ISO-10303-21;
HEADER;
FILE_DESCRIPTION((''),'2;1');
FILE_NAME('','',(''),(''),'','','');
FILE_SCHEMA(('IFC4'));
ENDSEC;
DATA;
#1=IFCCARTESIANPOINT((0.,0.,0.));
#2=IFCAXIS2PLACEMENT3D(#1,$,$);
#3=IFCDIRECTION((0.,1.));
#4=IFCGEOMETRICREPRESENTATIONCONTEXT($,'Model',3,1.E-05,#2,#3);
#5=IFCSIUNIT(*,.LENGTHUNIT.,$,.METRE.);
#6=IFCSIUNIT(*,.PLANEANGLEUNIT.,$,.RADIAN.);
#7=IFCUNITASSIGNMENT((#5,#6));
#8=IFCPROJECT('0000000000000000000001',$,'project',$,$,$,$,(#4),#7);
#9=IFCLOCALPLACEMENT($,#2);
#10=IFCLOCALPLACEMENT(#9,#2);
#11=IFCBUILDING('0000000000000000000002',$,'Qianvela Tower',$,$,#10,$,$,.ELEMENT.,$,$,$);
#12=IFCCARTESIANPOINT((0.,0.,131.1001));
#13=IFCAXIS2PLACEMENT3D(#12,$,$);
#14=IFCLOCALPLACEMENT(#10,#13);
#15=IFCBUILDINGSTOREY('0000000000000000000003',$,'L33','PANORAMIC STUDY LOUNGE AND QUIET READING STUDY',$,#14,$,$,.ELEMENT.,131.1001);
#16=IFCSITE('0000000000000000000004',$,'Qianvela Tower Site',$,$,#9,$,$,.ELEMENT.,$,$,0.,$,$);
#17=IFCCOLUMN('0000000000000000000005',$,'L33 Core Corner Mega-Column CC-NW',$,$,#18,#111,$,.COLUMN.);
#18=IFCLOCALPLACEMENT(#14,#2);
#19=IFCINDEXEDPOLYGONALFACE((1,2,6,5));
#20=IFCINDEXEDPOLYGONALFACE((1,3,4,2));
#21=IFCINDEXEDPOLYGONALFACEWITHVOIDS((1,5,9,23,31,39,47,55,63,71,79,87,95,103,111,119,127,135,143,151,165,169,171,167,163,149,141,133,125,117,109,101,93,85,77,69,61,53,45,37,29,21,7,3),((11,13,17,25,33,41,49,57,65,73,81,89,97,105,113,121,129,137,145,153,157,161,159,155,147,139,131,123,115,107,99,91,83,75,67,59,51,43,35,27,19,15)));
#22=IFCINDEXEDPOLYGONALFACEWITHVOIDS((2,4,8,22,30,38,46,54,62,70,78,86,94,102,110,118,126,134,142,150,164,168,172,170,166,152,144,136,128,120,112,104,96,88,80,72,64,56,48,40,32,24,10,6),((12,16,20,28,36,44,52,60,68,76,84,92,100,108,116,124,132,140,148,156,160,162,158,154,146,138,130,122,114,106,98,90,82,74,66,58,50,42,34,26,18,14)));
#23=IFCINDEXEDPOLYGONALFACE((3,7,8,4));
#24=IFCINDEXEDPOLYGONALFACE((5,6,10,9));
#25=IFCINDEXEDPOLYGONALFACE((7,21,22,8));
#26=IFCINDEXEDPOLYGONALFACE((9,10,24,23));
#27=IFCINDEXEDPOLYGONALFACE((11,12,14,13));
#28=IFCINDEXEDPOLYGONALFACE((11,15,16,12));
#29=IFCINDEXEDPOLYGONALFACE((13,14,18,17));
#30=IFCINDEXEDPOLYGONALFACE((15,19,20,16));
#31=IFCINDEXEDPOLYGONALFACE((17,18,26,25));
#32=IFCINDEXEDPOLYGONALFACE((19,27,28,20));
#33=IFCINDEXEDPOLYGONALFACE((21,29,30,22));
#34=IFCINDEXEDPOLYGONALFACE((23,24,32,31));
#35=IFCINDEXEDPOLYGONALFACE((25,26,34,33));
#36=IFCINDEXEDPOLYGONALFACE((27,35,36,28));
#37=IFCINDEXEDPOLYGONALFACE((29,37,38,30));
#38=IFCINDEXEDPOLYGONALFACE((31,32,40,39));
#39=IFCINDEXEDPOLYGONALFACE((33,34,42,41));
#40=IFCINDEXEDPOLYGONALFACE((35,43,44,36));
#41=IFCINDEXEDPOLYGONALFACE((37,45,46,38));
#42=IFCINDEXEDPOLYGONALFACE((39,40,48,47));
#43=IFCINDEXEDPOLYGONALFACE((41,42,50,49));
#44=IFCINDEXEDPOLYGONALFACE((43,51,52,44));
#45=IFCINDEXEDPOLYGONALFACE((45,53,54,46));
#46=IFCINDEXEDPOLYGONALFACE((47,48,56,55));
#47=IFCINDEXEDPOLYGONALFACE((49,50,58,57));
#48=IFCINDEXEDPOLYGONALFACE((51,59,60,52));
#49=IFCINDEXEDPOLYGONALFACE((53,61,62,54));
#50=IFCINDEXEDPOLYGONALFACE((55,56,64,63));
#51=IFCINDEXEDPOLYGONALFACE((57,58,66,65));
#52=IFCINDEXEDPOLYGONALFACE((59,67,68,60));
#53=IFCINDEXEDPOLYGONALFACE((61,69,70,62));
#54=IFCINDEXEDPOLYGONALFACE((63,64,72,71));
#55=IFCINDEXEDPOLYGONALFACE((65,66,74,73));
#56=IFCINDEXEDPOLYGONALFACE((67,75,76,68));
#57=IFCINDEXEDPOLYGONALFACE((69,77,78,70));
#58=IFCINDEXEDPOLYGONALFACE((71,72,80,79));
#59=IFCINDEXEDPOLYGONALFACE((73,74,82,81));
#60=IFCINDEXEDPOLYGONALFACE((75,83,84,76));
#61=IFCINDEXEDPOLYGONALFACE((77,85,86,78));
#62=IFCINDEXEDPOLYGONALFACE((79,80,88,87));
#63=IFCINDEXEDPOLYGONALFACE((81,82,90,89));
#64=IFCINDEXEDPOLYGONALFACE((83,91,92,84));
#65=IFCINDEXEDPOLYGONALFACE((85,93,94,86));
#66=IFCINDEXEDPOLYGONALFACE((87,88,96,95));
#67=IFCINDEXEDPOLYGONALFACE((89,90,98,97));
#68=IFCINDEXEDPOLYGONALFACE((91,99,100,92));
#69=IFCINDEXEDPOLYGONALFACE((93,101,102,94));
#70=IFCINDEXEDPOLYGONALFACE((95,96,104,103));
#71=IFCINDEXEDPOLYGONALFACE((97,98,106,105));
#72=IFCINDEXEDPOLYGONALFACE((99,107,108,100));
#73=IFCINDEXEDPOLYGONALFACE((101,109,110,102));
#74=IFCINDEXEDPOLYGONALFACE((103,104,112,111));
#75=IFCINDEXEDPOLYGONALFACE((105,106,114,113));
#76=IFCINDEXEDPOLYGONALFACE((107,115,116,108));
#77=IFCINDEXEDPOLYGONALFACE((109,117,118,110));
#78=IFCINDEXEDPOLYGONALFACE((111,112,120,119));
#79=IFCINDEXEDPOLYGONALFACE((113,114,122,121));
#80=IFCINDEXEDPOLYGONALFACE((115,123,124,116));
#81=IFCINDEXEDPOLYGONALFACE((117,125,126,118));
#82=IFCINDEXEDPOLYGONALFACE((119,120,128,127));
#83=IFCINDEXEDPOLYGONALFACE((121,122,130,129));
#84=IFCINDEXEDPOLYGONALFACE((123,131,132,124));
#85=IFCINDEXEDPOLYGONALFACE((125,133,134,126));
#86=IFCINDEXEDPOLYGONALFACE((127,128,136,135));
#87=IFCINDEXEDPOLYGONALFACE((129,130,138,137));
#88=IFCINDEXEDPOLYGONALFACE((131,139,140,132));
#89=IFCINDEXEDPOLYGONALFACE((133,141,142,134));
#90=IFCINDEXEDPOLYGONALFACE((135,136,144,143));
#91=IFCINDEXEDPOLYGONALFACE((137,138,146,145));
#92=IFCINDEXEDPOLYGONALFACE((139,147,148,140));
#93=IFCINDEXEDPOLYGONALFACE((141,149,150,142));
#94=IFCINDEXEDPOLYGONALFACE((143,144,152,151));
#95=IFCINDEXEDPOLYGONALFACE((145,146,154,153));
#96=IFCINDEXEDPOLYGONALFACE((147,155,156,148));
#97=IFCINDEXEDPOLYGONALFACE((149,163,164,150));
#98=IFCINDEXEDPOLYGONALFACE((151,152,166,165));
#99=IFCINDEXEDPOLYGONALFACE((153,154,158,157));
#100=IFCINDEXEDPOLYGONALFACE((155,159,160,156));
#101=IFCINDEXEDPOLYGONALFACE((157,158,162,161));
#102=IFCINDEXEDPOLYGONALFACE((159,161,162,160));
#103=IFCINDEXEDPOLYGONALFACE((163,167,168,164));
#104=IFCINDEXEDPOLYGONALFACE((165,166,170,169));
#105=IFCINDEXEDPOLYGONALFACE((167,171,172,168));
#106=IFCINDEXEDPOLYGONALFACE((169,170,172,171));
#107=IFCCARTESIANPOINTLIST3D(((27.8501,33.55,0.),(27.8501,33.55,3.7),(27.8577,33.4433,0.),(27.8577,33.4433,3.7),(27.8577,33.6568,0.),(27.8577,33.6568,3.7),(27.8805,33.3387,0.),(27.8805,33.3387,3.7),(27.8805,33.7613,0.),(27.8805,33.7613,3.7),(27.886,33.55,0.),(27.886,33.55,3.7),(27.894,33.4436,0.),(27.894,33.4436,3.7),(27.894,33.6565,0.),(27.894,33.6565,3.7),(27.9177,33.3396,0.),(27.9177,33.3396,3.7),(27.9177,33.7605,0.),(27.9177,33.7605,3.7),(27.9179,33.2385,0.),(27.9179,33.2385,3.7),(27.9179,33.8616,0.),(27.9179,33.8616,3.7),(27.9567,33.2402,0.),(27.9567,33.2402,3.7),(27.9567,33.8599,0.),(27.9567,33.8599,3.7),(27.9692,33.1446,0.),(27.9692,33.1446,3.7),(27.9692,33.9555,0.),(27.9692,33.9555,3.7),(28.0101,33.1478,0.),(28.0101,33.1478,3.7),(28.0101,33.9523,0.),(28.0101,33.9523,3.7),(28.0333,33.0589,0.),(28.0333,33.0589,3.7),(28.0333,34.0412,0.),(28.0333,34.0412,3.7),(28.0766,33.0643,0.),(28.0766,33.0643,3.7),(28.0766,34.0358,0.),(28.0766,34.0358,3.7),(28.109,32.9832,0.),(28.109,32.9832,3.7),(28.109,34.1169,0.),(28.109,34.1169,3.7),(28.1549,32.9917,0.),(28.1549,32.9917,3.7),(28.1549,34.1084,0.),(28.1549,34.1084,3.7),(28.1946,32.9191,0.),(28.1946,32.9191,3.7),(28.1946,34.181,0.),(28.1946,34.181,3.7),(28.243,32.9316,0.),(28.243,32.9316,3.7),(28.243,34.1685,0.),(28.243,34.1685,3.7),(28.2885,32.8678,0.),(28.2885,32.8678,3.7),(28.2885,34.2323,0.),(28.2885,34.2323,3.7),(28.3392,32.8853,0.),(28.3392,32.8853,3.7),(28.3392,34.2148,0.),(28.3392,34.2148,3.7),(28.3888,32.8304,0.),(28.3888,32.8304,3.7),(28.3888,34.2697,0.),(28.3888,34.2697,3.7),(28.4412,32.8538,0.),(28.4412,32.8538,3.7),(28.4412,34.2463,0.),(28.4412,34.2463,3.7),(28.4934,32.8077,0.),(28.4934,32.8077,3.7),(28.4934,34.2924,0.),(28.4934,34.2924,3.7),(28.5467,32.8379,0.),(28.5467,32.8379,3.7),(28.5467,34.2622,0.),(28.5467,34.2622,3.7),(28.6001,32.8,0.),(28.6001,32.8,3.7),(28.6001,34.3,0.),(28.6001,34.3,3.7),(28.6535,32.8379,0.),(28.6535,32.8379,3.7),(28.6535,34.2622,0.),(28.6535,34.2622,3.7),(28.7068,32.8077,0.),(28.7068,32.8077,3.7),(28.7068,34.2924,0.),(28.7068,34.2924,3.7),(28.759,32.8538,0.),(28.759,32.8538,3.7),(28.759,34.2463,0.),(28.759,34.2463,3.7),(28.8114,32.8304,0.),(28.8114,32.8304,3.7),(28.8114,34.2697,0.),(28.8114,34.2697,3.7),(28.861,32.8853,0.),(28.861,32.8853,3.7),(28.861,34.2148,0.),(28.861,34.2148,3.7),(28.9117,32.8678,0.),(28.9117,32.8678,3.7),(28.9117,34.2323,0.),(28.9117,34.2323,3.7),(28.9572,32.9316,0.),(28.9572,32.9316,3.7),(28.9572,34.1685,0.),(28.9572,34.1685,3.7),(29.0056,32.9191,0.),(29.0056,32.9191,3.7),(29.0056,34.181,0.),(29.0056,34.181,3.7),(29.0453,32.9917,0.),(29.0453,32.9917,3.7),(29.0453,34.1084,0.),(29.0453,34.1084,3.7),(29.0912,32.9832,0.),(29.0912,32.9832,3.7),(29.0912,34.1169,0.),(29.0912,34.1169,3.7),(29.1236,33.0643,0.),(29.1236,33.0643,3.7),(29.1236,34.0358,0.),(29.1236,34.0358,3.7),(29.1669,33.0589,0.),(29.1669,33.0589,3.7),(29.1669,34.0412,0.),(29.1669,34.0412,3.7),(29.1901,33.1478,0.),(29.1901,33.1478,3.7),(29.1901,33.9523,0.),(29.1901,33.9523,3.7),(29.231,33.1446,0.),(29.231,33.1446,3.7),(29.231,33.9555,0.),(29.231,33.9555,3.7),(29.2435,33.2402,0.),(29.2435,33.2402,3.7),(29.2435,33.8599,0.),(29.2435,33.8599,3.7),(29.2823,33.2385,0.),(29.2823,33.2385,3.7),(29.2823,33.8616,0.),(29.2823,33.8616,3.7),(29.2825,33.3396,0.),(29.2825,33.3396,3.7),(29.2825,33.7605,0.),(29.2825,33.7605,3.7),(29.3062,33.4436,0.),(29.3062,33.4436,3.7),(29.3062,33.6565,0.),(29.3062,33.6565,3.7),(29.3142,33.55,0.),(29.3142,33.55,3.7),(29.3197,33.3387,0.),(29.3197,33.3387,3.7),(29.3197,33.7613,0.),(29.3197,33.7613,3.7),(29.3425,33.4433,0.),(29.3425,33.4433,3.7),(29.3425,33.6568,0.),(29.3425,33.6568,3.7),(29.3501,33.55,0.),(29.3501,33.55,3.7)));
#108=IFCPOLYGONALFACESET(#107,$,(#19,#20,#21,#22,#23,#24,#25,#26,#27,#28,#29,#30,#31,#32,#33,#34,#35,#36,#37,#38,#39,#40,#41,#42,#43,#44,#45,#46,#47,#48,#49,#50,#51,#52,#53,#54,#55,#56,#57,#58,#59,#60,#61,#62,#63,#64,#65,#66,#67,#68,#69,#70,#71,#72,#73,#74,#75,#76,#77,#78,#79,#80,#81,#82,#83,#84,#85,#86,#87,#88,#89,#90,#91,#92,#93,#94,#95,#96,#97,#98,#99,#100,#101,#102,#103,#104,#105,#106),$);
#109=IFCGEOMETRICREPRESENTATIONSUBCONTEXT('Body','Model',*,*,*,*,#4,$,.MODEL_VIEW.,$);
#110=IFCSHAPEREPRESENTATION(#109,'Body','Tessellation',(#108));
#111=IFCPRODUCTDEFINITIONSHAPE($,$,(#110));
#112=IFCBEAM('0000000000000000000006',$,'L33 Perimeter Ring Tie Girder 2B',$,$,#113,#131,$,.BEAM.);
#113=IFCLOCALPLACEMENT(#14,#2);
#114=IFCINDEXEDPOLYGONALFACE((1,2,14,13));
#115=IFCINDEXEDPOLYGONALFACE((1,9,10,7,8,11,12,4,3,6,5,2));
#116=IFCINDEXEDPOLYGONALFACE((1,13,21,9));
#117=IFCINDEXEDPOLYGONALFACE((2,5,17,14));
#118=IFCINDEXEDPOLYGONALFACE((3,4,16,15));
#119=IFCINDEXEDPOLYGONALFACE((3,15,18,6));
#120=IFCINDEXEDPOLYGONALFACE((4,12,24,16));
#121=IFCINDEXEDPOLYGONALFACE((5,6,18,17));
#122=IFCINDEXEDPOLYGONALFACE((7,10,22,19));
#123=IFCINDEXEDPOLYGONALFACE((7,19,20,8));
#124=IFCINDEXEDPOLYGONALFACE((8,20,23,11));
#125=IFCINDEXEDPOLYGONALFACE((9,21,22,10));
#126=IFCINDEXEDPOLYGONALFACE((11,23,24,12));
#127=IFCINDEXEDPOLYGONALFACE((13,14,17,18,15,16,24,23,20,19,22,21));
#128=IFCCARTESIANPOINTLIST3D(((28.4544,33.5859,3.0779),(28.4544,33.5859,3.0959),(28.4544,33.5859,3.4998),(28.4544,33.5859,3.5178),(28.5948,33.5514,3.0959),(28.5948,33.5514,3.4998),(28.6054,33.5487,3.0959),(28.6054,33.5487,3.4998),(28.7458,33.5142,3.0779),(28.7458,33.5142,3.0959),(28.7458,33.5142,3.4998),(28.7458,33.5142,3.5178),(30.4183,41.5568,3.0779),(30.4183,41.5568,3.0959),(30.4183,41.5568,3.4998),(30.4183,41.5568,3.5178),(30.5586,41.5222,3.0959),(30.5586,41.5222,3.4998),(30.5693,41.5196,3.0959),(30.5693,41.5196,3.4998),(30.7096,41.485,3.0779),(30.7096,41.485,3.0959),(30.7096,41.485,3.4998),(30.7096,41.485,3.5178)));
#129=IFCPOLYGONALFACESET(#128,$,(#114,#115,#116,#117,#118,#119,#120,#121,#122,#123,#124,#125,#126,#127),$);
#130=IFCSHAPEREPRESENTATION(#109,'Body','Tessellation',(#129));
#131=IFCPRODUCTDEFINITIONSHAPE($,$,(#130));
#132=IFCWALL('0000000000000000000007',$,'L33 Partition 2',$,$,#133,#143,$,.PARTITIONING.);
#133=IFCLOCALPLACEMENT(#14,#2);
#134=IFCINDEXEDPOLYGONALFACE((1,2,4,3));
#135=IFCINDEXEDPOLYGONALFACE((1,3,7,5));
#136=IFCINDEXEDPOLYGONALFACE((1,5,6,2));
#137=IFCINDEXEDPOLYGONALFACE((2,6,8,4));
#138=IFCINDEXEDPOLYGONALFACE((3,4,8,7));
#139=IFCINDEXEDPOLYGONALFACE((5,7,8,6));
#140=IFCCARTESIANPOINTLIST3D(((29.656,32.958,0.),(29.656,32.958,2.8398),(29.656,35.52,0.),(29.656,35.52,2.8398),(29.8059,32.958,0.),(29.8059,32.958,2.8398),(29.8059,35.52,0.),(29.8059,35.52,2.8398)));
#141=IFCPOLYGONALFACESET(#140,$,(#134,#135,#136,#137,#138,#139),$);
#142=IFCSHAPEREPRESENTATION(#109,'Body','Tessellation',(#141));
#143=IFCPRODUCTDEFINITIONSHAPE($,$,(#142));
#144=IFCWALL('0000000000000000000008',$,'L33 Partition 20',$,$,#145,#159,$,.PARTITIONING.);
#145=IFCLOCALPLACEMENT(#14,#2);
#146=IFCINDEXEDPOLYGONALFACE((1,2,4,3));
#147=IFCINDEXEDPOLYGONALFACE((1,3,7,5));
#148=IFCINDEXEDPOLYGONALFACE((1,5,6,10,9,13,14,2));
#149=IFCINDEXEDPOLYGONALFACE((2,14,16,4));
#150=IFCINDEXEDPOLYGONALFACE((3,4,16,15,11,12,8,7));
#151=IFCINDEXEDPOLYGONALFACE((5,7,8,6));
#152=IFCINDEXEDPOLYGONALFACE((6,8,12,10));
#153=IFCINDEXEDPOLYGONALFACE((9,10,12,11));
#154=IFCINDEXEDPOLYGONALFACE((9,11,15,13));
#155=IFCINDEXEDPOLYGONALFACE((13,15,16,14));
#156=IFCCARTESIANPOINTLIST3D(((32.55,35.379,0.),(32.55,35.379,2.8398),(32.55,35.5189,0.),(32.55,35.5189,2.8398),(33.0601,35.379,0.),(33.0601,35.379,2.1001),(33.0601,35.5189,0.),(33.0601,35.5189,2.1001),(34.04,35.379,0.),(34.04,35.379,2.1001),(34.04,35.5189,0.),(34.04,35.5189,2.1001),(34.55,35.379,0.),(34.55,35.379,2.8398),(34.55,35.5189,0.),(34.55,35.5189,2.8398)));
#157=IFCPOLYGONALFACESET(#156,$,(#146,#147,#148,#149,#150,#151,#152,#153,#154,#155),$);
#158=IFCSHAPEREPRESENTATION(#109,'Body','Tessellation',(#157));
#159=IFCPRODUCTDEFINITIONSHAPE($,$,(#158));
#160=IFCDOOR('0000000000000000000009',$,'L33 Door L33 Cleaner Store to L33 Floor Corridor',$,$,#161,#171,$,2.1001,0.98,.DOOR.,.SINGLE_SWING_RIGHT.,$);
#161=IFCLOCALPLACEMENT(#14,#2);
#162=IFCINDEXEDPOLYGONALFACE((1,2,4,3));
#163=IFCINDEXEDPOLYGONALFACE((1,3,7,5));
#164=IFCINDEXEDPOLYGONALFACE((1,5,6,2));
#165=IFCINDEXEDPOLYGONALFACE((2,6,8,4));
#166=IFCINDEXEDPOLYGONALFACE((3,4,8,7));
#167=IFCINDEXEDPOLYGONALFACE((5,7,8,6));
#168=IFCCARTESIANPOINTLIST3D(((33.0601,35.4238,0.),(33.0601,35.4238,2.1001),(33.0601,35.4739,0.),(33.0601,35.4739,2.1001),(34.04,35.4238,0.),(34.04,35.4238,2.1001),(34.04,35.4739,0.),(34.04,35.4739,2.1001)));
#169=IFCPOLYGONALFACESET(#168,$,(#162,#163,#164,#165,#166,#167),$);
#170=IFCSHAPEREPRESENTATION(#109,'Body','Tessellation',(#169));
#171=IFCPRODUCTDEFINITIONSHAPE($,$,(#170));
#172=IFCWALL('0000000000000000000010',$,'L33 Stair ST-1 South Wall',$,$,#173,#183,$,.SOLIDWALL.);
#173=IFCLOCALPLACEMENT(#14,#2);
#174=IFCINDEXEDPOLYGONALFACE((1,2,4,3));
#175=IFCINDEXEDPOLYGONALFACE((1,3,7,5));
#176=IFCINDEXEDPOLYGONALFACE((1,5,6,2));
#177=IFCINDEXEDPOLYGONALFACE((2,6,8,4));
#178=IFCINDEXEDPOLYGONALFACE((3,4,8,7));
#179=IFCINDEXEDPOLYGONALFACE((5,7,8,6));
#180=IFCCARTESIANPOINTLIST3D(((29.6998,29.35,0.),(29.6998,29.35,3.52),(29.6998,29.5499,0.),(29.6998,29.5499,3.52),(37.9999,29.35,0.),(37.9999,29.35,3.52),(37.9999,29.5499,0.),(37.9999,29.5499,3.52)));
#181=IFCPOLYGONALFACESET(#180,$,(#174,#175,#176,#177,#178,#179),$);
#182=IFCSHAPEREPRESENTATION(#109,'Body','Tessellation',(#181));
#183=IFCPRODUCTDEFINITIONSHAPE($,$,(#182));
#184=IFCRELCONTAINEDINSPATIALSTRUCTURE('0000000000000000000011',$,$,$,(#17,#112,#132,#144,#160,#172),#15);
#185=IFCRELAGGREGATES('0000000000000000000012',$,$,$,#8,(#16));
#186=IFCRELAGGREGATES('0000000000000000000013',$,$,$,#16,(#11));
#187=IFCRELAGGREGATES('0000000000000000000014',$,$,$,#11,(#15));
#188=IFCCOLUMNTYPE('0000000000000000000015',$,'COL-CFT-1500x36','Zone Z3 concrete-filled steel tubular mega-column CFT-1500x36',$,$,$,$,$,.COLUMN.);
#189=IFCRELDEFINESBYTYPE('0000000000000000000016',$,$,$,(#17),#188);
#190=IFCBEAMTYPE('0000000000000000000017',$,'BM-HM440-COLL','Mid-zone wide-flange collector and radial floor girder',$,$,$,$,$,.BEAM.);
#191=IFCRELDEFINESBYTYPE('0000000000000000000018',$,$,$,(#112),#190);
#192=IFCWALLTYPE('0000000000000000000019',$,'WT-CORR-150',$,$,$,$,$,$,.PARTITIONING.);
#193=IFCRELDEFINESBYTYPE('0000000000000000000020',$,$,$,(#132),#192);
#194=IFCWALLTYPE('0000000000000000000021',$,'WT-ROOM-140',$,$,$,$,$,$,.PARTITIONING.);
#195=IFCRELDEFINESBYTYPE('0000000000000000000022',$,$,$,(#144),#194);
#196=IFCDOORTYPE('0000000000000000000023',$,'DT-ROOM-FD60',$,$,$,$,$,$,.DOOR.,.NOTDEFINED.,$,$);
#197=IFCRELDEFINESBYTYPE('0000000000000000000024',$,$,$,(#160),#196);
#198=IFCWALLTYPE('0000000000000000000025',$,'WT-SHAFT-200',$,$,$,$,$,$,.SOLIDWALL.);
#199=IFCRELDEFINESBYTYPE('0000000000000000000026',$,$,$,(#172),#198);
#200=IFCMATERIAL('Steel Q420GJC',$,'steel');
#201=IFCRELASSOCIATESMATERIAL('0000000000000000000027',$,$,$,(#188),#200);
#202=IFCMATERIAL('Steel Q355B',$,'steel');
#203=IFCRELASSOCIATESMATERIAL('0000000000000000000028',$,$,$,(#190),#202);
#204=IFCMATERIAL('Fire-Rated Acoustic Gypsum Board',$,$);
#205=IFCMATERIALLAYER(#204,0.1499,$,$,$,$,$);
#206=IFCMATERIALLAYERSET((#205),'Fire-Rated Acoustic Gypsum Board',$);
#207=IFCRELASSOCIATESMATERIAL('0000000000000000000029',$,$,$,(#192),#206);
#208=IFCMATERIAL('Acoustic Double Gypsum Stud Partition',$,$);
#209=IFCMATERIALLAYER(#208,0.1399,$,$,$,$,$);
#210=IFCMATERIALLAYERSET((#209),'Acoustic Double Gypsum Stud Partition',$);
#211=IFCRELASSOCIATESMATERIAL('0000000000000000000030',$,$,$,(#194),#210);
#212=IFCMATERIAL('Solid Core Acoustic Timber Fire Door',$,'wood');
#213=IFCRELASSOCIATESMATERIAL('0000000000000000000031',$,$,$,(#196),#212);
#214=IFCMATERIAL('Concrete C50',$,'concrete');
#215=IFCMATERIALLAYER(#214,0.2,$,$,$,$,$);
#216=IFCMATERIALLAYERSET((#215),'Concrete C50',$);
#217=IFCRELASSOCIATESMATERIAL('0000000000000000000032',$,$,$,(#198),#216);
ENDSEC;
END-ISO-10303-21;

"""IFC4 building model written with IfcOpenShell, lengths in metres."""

from ifc_helpers import new_model, si_unit, direction, frame, frame_2d, origin, origin_2d, place, context, subcontext, project, spatial, rectangle, hollow_circle, i_section, extrude, material, layer, layer_set, material_profile, profile_set, type_object, element, fill, save


model = new_model("IFC4")

# Units and contexts
model_context = context("Model", 3, precision=1e-05, world=origin(), true_north=direction((0.0, 1.0)))
body_context = subcontext(model_context, "Body", "Model", "MODEL_VIEW")
ifc_project = project(units=[si_unit("LENGTHUNIT", "METRE"), si_unit("PLANEANGLEUNIT", "RADIAN")], contexts=[model_context])

# Site, building, storey
site_placement = place(None, origin())
site = spatial("IfcSite", under=ifc_project, at=site_placement, Name="Qianvela Tower Site", CompositionType="ELEMENT", RefElevation=0.0)
building_placement = place(site_placement, origin())
building = spatial("IfcBuilding", under=site, at=building_placement, Name="Qianvela Tower", CompositionType="ELEMENT")
storey_placement = place(building_placement, frame((0.0, 0.0, 131.1001)))
storey = spatial("IfcBuildingStorey", under=building, at=storey_placement, Name="L33", Description="PANORAMIC STUDY LOUNGE AND QUIET READING STUDY", CompositionType="ELEMENT", Elevation=131.1001)

# Column
ifc_material_1 = material(Name="Steel Q420GJC", Category="steel")
ifc_material_profile_1 = material_profile(ifc_material_1, hollow_circle(Radius=0.75, WallThickness=0.0359, at=origin_2d()), Name="CFT-1500x36")
ifc_profile_set_1 = profile_set([ifc_material_profile_1], Name="Steel Q420GJC")
column_type = type_object("IfcColumnType", Name="COL-CFT-1500x36", Description="Zone Z3 concrete-filled steel tubular mega-column CFT-1500x36", PredefinedType="COLUMN", material=ifc_profile_set_1)
column_placement = place(storey_placement, frame((28.6001, 33.55, 0.0), z_axis=(0.0, 0.0, 1.0), x_axis=(1.0, 0.0, 0.0)))
element("IfcColumn", 1, at=column_placement, inside=storey, type_object=column_type, Name="L33 Core Corner Mega-Column CC-NW", PredefinedType="COLUMN", context=body_context, shape_type="SweptSolid", body=[
    extrude(hollow_circle(Radius=0.75, WallThickness=0.0359, at=origin_2d()), origin(), (0.0, 0.0, 1.0), 3.7),
])

# Beam
ifc_material_2 = material(Name="Steel Q355B", Category="steel")
ifc_material_profile_2 = material_profile(ifc_material_2, i_section(OverallWidth=0.3, OverallDepth=0.4399, WebThickness=0.011, FlangeThickness=0.0181, at=origin_2d()), Name="HM440x300x11x18")
ifc_profile_set_2 = profile_set([ifc_material_profile_2], Name="Steel Q355B")
beam_type = type_object("IfcBeamType", Name="BM-HM440-COLL", Description="Mid-zone wide-flange collector and radial floor girder", PredefinedType="BEAM", material=ifc_profile_set_2)
beam_placement = place(storey_placement, frame((28.6001, 33.55, 3.2979), z_axis=(0.239224, 0.970964, 0.0), x_axis=(-0.970964, 0.239224, 0.0)))
element("IfcBeam", 2, at=beam_placement, inside=storey, type_object=beam_type, Name="L33 Perimeter Ring Tie Girder 2B", PredefinedType="BEAM", context=body_context, shape_type="SweptSolid", body=[
    extrude(i_section(OverallWidth=0.3, OverallDepth=0.4399, WebThickness=0.011, FlangeThickness=0.0181, at=origin_2d()), origin(), (0.0, 0.0, 1.0), 8.2092),
])

# Wall
ifc_material_3 = material(Name="Fire-Rated Acoustic Gypsum Board")
ifc_layer_1 = layer(ifc_material_3, 0.1499)
ifc_layer_set_1 = layer_set([ifc_layer_1], Name="Fire-Rated Acoustic Gypsum Board")
wall_type_1 = type_object("IfcWallType", Name="WT-CORR-150", PredefinedType="PARTITIONING", material=ifc_layer_set_1)
wall_1_placement = place(storey_placement, frame((29.731, 32.958, 0.0), z_axis=(0.0, 0.0, 1.0), x_axis=(0.0, 1.0, 0.0)))
element("IfcWall", 3, at=wall_1_placement, inside=storey, type_object=wall_type_1, Name="L33 Partition 2", PredefinedType="PARTITIONING", context=body_context, shape_type="SweptSolid", body=[
    extrude(rectangle(XDim=2.562, YDim=0.1499, at=frame_2d((1.281, 0.0))), origin(), (0.0, 0.0, 1.0), 2.8398),
])

# Wall, opening, door
ifc_material_4 = material(Name="Acoustic Double Gypsum Stud Partition")
ifc_layer_2 = layer(ifc_material_4, 0.1399)
ifc_layer_set_2 = layer_set([ifc_layer_2], Name="Acoustic Double Gypsum Stud Partition")
wall_type_2 = type_object("IfcWallType", Name="WT-ROOM-140", PredefinedType="PARTITIONING", material=ifc_layer_set_2)
wall_2_placement = place(storey_placement, frame((32.55, 35.449, 0.0), z_axis=(0.0, 0.0, 1.0), x_axis=(1.0, 0.0, 0.0)))
wall_2 = element("IfcWall", 4, at=wall_2_placement, inside=storey, type_object=wall_type_2, Name="L33 Partition 20", PredefinedType="PARTITIONING", context=body_context, shape_type="SweptSolid", body=[
    extrude(rectangle(XDim=2.0, YDim=0.1399, at=frame_2d((1.0, 0.0))), origin(), (0.0, 0.0, 1.0), 2.8398),
])
opening_1_placement = place(wall_2_placement, frame((0.51, 0.0, 0.0)))
opening_1 = element("IfcOpeningElement", 5, at=opening_1_placement, cuts=wall_2, PredefinedType="OPENING", context=body_context, shape_type="SweptSolid", body=[
    extrude(rectangle(XDim=0.98, YDim=2.1001, at=frame_2d((0.49, 1.05))), frame((0.0, 0.0798, 0.0), z_axis=(0.0, -1.0, 0.0), x_axis=(1.0, 0.0, 0.0)), (0.0, 0.0, 1.0), 0.1599),
])
ifc_material_5 = material(Name="Solid Core Acoustic Timber Fire Door", Category="wood")
door_type_1 = type_object("IfcDoorType", Name="DT-ROOM-FD60", OperationType="NOTDEFINED", PredefinedType="DOOR", material=ifc_material_5)
door_1_placement = place(opening_1_placement, origin())
door_1 = element("IfcDoor", 6, at=door_1_placement, inside=storey, type_object=door_type_1, Name="L33 Door L33 Cleaner Store to L33 Floor Corridor", OperationType="SINGLE_SWING_RIGHT", OverallHeight=2.1001, OverallWidth=0.98, PredefinedType="DOOR", context=body_context, shape_type="SweptSolid", body=[
    extrude(rectangle(XDim=0.98, YDim=2.1001, at=frame_2d((0.49, 1.05))), frame((0.0, 0.0249, 0.0), z_axis=(0.0, -1.0, 0.0), x_axis=(1.0, 0.0, 0.0)), (0.0, 0.0, 1.0), 0.05),
])
fill(opening_1, door_1)

# Wall
ifc_material_6 = material(Name="Concrete C50", Category="concrete")
ifc_layer_3 = layer(ifc_material_6, 0.2)
ifc_layer_set_3 = layer_set([ifc_layer_3], Name="Concrete C50")
wall_type_3 = type_object("IfcWallType", Name="WT-SHAFT-200", PredefinedType="SOLIDWALL", material=ifc_layer_set_3)
wall_3_placement = place(storey_placement, frame((29.7, 29.45, 0.0), z_axis=(0.0, 0.0, 1.0), x_axis=(1.0, 0.0, 0.0)))
element("IfcWall", 7, at=wall_3_placement, inside=storey, type_object=wall_type_3, Name="L33 Stair ST-1 South Wall", PredefinedType="SOLIDWALL", context=body_context, shape_type="SweptSolid", body=[
    extrude(rectangle(XDim=8.3, YDim=0.2, at=frame_2d((4.1499, 0.0))), origin(), (0.0, 0.0, 1.0), 3.52),
])

save(model, "model.ifc")
